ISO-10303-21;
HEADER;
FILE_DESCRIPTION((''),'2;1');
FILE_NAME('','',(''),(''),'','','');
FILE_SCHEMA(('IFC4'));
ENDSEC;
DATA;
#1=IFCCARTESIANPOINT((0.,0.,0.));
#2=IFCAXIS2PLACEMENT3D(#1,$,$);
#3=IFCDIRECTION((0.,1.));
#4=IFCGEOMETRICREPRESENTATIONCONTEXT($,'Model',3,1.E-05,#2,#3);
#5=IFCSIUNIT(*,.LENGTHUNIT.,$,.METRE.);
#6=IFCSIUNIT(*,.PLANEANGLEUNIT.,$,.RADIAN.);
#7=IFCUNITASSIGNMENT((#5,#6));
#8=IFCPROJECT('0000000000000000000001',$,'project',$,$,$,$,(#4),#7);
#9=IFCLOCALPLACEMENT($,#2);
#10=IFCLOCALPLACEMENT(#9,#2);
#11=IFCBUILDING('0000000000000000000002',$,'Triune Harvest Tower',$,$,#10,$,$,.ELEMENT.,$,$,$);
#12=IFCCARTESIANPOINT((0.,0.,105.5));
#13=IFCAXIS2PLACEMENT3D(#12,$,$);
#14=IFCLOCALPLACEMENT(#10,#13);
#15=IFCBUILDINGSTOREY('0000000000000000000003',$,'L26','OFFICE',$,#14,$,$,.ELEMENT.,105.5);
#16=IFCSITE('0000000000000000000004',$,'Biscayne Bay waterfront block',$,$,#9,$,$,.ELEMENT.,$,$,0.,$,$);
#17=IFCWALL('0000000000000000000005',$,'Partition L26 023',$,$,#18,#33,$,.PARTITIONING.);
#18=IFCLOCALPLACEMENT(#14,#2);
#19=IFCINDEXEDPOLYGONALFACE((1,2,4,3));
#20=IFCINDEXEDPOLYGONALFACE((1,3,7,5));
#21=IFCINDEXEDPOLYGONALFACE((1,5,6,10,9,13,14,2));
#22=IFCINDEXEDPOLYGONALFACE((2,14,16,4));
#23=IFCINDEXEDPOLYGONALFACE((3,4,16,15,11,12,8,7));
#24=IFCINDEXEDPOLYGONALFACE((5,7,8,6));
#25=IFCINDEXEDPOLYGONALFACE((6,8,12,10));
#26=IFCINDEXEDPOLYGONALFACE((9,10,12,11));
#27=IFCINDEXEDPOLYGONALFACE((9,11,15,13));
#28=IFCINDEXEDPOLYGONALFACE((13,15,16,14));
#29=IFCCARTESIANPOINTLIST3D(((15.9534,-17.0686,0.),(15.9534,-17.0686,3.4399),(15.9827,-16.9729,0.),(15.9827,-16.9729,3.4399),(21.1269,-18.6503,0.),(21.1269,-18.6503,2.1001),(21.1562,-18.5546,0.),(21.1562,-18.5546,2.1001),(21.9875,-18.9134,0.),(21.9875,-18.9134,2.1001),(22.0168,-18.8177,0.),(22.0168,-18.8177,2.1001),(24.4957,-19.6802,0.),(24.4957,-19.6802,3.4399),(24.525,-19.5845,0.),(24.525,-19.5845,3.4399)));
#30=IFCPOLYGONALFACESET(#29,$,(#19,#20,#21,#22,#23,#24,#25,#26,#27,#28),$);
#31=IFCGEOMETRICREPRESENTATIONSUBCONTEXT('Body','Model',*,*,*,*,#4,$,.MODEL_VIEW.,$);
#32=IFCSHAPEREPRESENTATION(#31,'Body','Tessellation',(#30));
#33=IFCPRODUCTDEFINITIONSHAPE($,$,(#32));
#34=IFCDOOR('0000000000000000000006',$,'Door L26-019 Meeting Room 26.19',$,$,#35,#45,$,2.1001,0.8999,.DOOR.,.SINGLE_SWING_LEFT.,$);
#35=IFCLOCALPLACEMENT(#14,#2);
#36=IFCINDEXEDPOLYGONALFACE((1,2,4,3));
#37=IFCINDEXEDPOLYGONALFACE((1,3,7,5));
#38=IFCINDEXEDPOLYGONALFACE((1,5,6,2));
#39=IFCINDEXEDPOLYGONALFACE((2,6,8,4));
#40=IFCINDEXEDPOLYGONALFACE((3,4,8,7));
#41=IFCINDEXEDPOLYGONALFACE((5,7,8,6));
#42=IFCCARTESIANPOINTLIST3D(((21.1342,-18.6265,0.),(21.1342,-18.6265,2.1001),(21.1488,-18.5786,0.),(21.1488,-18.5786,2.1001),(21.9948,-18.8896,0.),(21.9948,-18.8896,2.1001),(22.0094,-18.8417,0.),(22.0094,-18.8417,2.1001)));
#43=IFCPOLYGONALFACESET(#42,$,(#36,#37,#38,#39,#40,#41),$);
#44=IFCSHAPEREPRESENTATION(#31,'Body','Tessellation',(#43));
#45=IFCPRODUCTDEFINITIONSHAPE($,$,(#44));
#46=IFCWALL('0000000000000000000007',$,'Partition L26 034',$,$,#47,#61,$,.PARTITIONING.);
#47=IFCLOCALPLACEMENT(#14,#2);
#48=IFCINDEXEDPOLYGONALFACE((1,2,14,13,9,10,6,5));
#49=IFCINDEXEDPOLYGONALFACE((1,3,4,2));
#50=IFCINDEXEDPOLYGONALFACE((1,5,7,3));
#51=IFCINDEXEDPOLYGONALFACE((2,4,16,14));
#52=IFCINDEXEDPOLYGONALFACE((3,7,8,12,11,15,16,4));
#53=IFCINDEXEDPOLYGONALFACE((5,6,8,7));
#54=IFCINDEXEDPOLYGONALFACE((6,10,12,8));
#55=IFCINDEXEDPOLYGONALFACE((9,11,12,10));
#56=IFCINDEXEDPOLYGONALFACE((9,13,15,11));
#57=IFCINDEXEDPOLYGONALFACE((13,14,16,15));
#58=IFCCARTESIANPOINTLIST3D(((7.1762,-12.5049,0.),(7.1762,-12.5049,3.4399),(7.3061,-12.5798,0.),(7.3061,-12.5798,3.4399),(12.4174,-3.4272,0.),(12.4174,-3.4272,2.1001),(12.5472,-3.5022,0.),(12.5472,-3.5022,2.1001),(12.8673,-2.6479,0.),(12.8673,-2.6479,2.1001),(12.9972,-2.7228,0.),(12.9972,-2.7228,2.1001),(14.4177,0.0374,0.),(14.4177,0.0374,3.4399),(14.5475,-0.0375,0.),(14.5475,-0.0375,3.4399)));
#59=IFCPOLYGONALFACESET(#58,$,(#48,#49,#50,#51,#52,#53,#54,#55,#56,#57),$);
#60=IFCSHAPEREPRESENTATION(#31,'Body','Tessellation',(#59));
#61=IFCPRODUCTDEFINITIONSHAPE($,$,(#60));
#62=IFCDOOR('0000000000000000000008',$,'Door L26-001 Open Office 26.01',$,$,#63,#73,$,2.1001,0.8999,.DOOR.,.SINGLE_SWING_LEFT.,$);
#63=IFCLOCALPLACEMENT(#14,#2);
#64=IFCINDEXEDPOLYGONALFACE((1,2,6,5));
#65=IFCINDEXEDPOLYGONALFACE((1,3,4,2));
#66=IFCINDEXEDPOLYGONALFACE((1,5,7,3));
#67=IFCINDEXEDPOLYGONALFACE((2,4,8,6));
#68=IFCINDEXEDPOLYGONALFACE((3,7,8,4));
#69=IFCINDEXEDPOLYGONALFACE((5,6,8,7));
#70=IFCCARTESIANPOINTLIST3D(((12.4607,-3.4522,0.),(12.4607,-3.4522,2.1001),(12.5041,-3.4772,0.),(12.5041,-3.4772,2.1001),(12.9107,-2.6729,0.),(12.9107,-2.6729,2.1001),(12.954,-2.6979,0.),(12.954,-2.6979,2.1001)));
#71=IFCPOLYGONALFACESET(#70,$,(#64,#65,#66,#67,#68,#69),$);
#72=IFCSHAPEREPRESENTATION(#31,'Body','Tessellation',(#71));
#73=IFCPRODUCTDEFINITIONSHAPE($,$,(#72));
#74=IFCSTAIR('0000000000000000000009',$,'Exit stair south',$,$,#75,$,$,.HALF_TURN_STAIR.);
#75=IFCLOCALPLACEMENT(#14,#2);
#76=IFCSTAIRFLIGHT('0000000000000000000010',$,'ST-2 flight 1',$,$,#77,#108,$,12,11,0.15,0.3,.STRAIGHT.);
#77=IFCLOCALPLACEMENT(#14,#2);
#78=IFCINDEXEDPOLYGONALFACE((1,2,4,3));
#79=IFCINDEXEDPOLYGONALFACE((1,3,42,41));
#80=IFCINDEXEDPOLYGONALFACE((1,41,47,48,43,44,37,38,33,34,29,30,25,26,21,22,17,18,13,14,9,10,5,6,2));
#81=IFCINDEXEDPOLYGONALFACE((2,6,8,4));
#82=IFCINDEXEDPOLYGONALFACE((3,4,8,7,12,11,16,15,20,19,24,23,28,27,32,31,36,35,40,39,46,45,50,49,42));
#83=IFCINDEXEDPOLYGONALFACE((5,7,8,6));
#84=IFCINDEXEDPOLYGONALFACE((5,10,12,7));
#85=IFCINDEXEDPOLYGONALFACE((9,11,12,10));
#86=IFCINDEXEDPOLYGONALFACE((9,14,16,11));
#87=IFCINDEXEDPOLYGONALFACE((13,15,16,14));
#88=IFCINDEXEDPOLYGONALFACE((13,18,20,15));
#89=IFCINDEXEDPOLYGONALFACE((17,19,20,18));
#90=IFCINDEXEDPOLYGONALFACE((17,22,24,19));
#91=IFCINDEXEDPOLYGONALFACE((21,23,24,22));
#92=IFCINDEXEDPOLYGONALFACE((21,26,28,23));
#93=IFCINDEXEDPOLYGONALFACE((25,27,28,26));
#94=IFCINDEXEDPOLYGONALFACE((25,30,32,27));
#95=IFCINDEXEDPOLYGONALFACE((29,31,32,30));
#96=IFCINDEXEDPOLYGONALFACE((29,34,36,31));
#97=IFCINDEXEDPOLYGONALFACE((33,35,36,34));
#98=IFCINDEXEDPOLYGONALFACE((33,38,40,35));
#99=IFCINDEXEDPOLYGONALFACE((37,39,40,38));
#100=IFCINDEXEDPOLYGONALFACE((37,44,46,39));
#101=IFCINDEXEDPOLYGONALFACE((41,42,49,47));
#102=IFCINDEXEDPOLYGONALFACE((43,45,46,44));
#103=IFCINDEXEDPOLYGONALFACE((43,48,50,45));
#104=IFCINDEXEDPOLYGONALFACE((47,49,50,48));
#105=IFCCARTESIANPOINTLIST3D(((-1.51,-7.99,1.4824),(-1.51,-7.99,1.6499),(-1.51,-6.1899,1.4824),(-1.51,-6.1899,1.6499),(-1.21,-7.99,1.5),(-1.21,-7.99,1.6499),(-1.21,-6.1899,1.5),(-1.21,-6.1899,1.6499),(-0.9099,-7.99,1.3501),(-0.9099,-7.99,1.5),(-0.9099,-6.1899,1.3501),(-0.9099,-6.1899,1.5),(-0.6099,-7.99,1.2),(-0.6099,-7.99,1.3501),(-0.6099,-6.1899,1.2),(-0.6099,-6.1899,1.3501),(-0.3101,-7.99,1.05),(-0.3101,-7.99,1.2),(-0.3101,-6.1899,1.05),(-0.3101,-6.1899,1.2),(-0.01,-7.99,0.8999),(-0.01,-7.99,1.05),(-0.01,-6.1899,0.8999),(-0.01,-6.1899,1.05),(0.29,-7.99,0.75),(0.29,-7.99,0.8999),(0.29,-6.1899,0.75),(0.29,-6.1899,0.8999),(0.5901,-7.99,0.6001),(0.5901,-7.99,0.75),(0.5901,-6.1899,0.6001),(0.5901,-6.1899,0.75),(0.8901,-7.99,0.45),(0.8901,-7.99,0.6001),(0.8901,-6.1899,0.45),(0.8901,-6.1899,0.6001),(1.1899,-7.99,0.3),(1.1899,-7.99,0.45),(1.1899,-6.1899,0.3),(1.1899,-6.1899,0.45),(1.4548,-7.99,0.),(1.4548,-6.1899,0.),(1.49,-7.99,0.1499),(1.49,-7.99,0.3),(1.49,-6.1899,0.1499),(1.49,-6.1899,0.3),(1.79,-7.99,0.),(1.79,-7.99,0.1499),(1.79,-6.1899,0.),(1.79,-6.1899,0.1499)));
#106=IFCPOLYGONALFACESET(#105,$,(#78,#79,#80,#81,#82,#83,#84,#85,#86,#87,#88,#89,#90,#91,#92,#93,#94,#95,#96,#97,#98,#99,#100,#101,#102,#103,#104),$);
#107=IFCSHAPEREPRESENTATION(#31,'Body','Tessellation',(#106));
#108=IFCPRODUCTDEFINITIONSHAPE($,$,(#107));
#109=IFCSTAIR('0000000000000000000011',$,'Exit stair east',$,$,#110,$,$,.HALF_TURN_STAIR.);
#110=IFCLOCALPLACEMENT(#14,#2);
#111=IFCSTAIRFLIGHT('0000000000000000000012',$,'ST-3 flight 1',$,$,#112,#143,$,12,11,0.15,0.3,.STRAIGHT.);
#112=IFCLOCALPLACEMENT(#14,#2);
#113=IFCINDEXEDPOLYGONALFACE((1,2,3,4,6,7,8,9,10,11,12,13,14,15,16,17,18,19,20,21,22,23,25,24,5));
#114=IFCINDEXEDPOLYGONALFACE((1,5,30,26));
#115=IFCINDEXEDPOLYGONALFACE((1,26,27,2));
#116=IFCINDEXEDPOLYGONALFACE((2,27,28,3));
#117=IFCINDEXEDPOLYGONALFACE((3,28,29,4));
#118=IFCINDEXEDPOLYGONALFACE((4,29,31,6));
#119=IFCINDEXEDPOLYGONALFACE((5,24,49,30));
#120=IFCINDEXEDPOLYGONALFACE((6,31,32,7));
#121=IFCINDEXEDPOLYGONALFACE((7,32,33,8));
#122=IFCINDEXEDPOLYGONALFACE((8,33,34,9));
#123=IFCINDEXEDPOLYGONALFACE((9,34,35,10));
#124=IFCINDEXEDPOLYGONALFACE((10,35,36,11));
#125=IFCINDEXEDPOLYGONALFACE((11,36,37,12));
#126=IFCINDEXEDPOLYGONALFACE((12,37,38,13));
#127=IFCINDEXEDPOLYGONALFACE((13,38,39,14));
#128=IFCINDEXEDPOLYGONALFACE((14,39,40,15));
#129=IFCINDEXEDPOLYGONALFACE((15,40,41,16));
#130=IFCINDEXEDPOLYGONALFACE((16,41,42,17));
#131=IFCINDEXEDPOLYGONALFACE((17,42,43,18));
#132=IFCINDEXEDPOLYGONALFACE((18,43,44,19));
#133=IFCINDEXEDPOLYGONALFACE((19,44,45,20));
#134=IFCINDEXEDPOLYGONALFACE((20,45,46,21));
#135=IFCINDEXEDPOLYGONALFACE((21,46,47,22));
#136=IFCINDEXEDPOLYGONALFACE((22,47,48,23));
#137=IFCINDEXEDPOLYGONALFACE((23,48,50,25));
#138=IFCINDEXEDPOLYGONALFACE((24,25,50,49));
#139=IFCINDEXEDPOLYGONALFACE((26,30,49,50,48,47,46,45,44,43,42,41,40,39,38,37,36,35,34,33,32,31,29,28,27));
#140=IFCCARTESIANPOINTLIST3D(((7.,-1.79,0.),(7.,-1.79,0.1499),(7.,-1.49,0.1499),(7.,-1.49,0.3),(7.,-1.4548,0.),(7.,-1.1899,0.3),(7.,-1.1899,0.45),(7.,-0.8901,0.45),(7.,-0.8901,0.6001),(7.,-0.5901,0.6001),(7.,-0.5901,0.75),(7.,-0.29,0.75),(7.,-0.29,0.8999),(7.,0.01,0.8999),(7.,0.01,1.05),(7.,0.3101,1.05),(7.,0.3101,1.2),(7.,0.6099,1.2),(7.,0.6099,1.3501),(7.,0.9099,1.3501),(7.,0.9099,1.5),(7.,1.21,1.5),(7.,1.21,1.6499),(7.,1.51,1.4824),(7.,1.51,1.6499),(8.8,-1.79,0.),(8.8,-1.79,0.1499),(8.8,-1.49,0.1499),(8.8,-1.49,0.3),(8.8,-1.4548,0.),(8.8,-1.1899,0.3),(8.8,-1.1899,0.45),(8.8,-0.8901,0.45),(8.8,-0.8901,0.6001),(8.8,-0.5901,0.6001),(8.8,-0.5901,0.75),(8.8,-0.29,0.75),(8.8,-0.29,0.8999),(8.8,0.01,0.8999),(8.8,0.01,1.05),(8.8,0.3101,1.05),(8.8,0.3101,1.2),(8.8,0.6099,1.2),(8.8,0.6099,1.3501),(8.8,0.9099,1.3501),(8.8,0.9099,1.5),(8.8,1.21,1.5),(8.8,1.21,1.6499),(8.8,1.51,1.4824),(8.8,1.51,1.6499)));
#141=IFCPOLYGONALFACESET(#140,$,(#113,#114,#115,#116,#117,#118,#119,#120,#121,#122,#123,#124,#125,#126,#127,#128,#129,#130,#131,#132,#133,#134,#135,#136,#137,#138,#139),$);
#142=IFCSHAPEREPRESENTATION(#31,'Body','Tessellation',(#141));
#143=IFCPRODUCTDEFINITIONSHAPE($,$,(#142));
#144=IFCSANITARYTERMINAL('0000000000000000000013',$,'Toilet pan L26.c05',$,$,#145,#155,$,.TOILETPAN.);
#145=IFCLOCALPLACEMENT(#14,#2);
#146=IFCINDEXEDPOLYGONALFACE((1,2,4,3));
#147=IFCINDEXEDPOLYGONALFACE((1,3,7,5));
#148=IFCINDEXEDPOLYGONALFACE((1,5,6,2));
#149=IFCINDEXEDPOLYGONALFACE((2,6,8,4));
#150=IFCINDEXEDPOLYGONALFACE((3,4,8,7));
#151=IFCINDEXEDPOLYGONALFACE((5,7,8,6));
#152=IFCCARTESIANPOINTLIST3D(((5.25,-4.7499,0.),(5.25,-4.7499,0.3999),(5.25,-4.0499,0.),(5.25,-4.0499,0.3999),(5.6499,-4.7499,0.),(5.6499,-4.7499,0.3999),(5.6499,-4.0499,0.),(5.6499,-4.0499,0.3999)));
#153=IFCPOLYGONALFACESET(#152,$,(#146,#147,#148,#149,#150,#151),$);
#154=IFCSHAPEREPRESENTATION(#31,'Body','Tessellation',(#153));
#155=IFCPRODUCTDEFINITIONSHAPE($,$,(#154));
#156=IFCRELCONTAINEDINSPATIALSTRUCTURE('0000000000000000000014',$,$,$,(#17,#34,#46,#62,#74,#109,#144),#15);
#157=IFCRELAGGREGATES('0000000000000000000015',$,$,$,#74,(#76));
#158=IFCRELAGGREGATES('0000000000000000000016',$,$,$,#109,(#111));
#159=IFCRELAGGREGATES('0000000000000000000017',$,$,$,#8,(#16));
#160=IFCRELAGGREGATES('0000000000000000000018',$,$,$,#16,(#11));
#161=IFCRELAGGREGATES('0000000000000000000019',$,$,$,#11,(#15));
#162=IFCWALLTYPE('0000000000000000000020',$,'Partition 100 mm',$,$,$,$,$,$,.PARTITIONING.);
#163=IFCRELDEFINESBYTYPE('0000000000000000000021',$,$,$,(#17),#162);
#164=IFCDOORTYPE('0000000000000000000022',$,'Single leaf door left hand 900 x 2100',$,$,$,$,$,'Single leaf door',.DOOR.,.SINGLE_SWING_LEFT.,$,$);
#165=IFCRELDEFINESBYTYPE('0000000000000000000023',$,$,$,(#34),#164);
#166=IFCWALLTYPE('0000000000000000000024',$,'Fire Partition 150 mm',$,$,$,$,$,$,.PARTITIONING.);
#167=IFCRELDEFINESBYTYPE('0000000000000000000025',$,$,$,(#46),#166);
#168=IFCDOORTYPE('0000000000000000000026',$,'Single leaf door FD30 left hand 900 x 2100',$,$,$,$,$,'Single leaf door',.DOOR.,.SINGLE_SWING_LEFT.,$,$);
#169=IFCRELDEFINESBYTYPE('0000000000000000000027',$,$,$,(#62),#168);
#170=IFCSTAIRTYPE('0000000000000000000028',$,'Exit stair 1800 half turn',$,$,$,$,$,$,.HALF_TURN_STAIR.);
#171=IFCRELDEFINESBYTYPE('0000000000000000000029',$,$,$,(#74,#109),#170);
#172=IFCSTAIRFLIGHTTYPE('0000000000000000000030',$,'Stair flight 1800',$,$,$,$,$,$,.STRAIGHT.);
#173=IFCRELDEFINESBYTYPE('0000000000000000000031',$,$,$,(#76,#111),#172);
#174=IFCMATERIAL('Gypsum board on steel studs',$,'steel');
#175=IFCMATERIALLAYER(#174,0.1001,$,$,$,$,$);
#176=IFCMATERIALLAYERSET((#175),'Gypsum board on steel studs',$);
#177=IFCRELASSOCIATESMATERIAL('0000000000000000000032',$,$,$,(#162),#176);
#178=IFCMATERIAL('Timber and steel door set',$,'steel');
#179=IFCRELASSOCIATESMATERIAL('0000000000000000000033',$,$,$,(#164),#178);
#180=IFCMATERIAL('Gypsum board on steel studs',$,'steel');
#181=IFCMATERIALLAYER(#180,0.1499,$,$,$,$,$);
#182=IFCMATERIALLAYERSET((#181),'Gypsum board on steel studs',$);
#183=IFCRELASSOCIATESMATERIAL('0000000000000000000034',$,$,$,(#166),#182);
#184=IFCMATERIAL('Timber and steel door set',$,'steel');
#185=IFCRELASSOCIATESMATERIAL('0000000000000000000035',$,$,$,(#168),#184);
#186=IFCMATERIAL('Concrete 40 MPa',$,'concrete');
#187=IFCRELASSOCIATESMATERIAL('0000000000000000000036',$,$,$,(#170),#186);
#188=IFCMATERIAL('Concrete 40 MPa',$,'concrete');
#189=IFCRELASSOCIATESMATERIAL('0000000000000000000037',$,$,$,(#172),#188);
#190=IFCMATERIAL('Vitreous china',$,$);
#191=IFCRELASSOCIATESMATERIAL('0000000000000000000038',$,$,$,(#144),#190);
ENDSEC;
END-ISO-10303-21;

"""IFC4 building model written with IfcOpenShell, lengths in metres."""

from ifc_helpers import new_model, si_unit, direction, frame, frame_2d, origin, origin_2d, place, context, subcontext, project, spatial, polyline, rectangle, outline, extrude, source, transform, mapped, material, layer, layer_set, type_object, element, fill, aggregate, save


model = new_model("IFC4")

# Units and contexts
model_context = context("Model", 3, precision=1e-05, world=origin(), true_north=direction((0.0, 1.0)))
body_context = subcontext(model_context, "Body", "Model", "MODEL_VIEW")
ifc_project = project(units=[si_unit("LENGTHUNIT", "METRE"), si_unit("PLANEANGLEUNIT", "RADIAN")], contexts=[model_context])

# Site, building, storey
site_placement = place(None, origin())
site = spatial("IfcSite", under=ifc_project, at=site_placement, Name="Biscayne Bay waterfront block", CompositionType="ELEMENT", RefElevation=0.0)
building_placement = place(site_placement, origin())
building = spatial("IfcBuilding", under=site, at=building_placement, Name="Triune Harvest Tower", CompositionType="ELEMENT")
storey_placement = place(building_placement, frame((0.0, 0.0, 105.5)))
storey = spatial("IfcBuildingStorey", under=building, at=storey_placement, Name="L26", Description="OFFICE", CompositionType="ELEMENT", Elevation=105.5)

# Shared definitions
ifc_material_1 = material(Name="Gypsum board on steel studs", Category="steel")
ifc_layer_1 = layer(ifc_material_1, 0.1001)
ifc_layer_set_1 = layer_set([ifc_layer_1], Name="Gypsum board on steel studs")
wall_type_1 = type_object("IfcWallType", Name="Partition 100 mm", PredefinedType="PARTITIONING", material=ifc_layer_set_1)

# Walls, openings, doors
shared_shape_1 = source(origin(), body_context, "Body", "SweptSolid", [
    extrude(rectangle(XDim=8.9326, YDim=0.1001, at=frame_2d((4.4663, 0.0))), origin(), (0.0, 0.0, 1.0), 3.4399),
])
wall_1_placement = place(storey_placement, frame((15.968, -17.0208, 0.0), z_axis=(0.0, 0.0, 1.0), x_axis=(0.956306, -0.292366, 0.0)))
wall_1 = element("IfcWall", 1, at=wall_1_placement, inside=storey, type_object=wall_type_1, Name="Partition L26 023", PredefinedType="PARTITIONING", context=body_context, shape_type="MappedRepresentation", body=[
    mapped(shared_shape_1, transform((0.0, 0.0, 0.0), scale=1.0)),
])
opening_1_placement = place(wall_1_placement, frame((5.4099, 0.0, 0.0)))
opening_1 = element("IfcOpeningElement", 2, at=opening_1_placement, cuts=wall_1, PredefinedType="OPENING", context=body_context, shape_type="SweptSolid", body=[
    extrude(rectangle(XDim=0.8999, YDim=2.1001, at=frame_2d((0.45, 1.05))), frame((0.0, 0.0601, 0.0), z_axis=(0.0, -1.0, 0.0), x_axis=(1.0, 0.0, 0.0)), (0.0, 0.0, 1.0), 0.1201),
])
ifc_material_2 = material(Name="Timber and steel door set", Category="steel")
door_type_1 = type_object("IfcDoorType", Name="Single leaf door left hand 900 x 2100", ElementType="Single leaf door", OperationType="SINGLE_SWING_LEFT", PredefinedType="DOOR", material=ifc_material_2)
door_1_placement = place(opening_1_placement, origin())
door_1 = element("IfcDoor", 3, at=door_1_placement, inside=storey, type_object=door_type_1, Name="Door L26-019 Meeting Room 26.19", OperationType="SINGLE_SWING_LEFT", OverallHeight=2.1001, OverallWidth=0.8999, PredefinedType="DOOR", context=body_context, shape_type="SweptSolid", body=[
    extrude(rectangle(XDim=0.8999, YDim=2.1001, at=frame_2d((0.45, 1.05))), frame((0.0, 0.0249, 0.0), z_axis=(0.0, -1.0, 0.0), x_axis=(1.0, 0.0, 0.0)), (0.0, 0.0, 1.0), 0.05),
])
fill(opening_1, door_1)
ifc_material_3 = material(Name="Gypsum board on steel studs", Category="steel")
ifc_layer_2 = layer(ifc_material_3, 0.1499)
ifc_layer_set_2 = layer_set([ifc_layer_2], Name="Gypsum board on steel studs")
wall_type_2 = type_object("IfcWallType", Name="Fire Partition 150 mm", PredefinedType="PARTITIONING", material=ifc_layer_set_2)
shared_shape_2 = source(origin(), body_context, "Body", "SweptSolid", [
    extrude(rectangle(XDim=14.4827, YDim=0.1499, at=frame_2d((7.2412, 0.0))), origin(), (0.0, 0.0, 1.0), 3.4399),
])
wall_2_placement = place(storey_placement, frame((7.2412, -12.5422, 0.0), z_axis=(0.0, 0.0, 1.0), x_axis=(0.50001, 0.86602, 0.0)))
wall_2 = element("IfcWall", 4, at=wall_2_placement, inside=storey, type_object=wall_type_2, Name="Partition L26 034", PredefinedType="PARTITIONING", context=body_context, shape_type="MappedRepresentation", body=[
    mapped(shared_shape_2, transform((0.0, 0.0, 0.0), scale=1.0)),
])
opening_2_placement = place(wall_2_placement, frame((10.4819, 0.0, 0.0)))
opening_2 = element("IfcOpeningElement", 5, at=opening_2_placement, cuts=wall_2, PredefinedType="OPENING", context=body_context, shape_type="SweptSolid", body=[
    extrude(rectangle(XDim=0.8999, YDim=2.1001, at=frame_2d((0.45, 1.05))), frame((0.0, 0.085, 0.0), z_axis=(0.0, -1.0, 0.0), x_axis=(1.0, 0.0, 0.0)), (0.0, 0.0, 1.0), 0.1699),
])
ifc_material_4 = material(Name="Timber and steel door set", Category="steel")
door_type_2 = type_object("IfcDoorType", Name="Single leaf door FD30 left hand 900 x 2100", ElementType="Single leaf door", OperationType="SINGLE_SWING_LEFT", PredefinedType="DOOR", material=ifc_material_4)
door_2_placement = place(opening_2_placement, origin())
door_2 = element("IfcDoor", 6, at=door_2_placement, inside=storey, type_object=door_type_2, Name="Door L26-001 Open Office 26.01", OperationType="SINGLE_SWING_LEFT", OverallHeight=2.1001, OverallWidth=0.8999, PredefinedType="DOOR", context=body_context, shape_type="SweptSolid", body=[
    extrude(rectangle(XDim=0.8999, YDim=2.1001, at=frame_2d((0.45, 1.05))), frame((0.0, 0.0249, 0.0), z_axis=(0.0, -1.0, 0.0), x_axis=(1.0, 0.0, 0.0)), (0.0, 0.0, 1.0), 0.05),
])
fill(opening_2, door_2)

# Stairs, stair flights
ifc_material_5 = material(Name="Concrete 40 MPa", Category="concrete")
stair_type = type_object("IfcStairType", Name="Exit stair 1800 half turn", PredefinedType="HALF_TURN_STAIR", material=ifc_material_5)
stair_1_placement = place(storey_placement, origin())
stair_1 = element("IfcStair", 7, at=stair_1_placement, inside=storey, type_object=stair_type, Name="Exit stair south", PredefinedType="HALF_TURN_STAIR")
ifc_material_6 = material(Name="Concrete 40 MPa", Category="concrete")
stair_flight_type = type_object("IfcStairFlightType", Name="Stair flight 1800", PredefinedType="STRAIGHT", material=ifc_material_6)
shared_shape_3 = source(origin(), body_context, "Body", "SweptSolid", [
    extrude(outline(polyline([(0.0, 0.0), (0.0, 0.1499), (0.3, 0.1499), (0.3, 0.3), (0.6001, 0.3), (0.6001, 0.45), (0.8999, 0.45), (0.8999, 0.6001), (1.2, 0.6001), (1.2, 0.75), (1.5, 0.75), (1.5, 0.8999), (1.8, 0.8999), (1.8, 1.05), (2.1001, 1.05), (2.1001, 1.2), (2.3999, 1.2), (2.3999, 1.3501), (2.7, 1.3501), (2.7, 1.5), (3.0, 1.5), (3.0, 1.6499), (3.3, 1.6499), (3.3, 1.8), (3.3, 1.4824), (0.3352, 0.0), (0.0, 0.0)])), frame((0.0, 0.8999, 0.0), z_axis=(0.0, -1.0, 0.0), x_axis=(1.0, 0.0, 0.0)), (0.0, 0.0, 1.0), 1.8),
])
stair_flight_1_placement = place(storey_placement, frame((1.79, -7.0901, 0.0), z_axis=(0.0, 0.0, 1.0), x_axis=(-1.0, 0.0, 0.0)))
stair_flight_1 = element("IfcStairFlight", 8, at=stair_flight_1_placement, type_object=stair_flight_type, Name="ST-2 flight 1", NumberOfRisers=12, NumberOfTreads=11, PredefinedType="STRAIGHT", RiserHeight=0.15, TreadLength=0.3, context=body_context, shape_type="MappedRepresentation", body=[
    mapped(shared_shape_3, transform((0.0, 0.0, 0.0), scale=1.0)),
])
aggregate(stair_1, [stair_flight_1])
stair_2_placement = place(storey_placement, origin())
stair_2 = element("IfcStair", 9, at=stair_2_placement, inside=storey, type_object=stair_type, Name="Exit stair east", PredefinedType="HALF_TURN_STAIR")
stair_flight_2_placement = place(storey_placement, frame((7.8999, -1.79, 0.0), z_axis=(0.0, 0.0, 1.0), x_axis=(0.0, 1.0, 0.0)))
stair_flight_2 = element("IfcStairFlight", 10, at=stair_flight_2_placement, type_object=stair_flight_type, Name="ST-3 flight 1", NumberOfRisers=12, NumberOfTreads=11, PredefinedType="STRAIGHT", RiserHeight=0.15, TreadLength=0.3, context=body_context, shape_type="MappedRepresentation", body=[
    mapped(shared_shape_3, transform((0.0, 0.0, 0.0), scale=1.0)),
])
aggregate(stair_2, [stair_flight_2])

# Sanitary terminal
ifc_material_7 = material(Name="Vitreous china")
shared_shape_4 = source(origin(), body_context, "Body", "SweptSolid", [
    extrude(rectangle(XDim=0.3999, YDim=0.7, at=origin_2d()), origin(), (0.0, 0.0, 1.0), 0.3999),
])
sanitary_terminal_placement = place(storey_placement, frame((5.45, -4.3999, 0.0), z_axis=(0.0, 0.0, 1.0), x_axis=(1.0, 0.0, 0.0)))
element("IfcSanitaryTerminal", 11, at=sanitary_terminal_placement, inside=storey, material=ifc_material_7, Name="Toilet pan L26.c05", PredefinedType="TOILETPAN", context=body_context, shape_type="MappedRepresentation", body=[
    mapped(shared_shape_4, transform((0.0, 0.0, 0.0), scale=1.0)),
])

save(model, "model.ifc")
